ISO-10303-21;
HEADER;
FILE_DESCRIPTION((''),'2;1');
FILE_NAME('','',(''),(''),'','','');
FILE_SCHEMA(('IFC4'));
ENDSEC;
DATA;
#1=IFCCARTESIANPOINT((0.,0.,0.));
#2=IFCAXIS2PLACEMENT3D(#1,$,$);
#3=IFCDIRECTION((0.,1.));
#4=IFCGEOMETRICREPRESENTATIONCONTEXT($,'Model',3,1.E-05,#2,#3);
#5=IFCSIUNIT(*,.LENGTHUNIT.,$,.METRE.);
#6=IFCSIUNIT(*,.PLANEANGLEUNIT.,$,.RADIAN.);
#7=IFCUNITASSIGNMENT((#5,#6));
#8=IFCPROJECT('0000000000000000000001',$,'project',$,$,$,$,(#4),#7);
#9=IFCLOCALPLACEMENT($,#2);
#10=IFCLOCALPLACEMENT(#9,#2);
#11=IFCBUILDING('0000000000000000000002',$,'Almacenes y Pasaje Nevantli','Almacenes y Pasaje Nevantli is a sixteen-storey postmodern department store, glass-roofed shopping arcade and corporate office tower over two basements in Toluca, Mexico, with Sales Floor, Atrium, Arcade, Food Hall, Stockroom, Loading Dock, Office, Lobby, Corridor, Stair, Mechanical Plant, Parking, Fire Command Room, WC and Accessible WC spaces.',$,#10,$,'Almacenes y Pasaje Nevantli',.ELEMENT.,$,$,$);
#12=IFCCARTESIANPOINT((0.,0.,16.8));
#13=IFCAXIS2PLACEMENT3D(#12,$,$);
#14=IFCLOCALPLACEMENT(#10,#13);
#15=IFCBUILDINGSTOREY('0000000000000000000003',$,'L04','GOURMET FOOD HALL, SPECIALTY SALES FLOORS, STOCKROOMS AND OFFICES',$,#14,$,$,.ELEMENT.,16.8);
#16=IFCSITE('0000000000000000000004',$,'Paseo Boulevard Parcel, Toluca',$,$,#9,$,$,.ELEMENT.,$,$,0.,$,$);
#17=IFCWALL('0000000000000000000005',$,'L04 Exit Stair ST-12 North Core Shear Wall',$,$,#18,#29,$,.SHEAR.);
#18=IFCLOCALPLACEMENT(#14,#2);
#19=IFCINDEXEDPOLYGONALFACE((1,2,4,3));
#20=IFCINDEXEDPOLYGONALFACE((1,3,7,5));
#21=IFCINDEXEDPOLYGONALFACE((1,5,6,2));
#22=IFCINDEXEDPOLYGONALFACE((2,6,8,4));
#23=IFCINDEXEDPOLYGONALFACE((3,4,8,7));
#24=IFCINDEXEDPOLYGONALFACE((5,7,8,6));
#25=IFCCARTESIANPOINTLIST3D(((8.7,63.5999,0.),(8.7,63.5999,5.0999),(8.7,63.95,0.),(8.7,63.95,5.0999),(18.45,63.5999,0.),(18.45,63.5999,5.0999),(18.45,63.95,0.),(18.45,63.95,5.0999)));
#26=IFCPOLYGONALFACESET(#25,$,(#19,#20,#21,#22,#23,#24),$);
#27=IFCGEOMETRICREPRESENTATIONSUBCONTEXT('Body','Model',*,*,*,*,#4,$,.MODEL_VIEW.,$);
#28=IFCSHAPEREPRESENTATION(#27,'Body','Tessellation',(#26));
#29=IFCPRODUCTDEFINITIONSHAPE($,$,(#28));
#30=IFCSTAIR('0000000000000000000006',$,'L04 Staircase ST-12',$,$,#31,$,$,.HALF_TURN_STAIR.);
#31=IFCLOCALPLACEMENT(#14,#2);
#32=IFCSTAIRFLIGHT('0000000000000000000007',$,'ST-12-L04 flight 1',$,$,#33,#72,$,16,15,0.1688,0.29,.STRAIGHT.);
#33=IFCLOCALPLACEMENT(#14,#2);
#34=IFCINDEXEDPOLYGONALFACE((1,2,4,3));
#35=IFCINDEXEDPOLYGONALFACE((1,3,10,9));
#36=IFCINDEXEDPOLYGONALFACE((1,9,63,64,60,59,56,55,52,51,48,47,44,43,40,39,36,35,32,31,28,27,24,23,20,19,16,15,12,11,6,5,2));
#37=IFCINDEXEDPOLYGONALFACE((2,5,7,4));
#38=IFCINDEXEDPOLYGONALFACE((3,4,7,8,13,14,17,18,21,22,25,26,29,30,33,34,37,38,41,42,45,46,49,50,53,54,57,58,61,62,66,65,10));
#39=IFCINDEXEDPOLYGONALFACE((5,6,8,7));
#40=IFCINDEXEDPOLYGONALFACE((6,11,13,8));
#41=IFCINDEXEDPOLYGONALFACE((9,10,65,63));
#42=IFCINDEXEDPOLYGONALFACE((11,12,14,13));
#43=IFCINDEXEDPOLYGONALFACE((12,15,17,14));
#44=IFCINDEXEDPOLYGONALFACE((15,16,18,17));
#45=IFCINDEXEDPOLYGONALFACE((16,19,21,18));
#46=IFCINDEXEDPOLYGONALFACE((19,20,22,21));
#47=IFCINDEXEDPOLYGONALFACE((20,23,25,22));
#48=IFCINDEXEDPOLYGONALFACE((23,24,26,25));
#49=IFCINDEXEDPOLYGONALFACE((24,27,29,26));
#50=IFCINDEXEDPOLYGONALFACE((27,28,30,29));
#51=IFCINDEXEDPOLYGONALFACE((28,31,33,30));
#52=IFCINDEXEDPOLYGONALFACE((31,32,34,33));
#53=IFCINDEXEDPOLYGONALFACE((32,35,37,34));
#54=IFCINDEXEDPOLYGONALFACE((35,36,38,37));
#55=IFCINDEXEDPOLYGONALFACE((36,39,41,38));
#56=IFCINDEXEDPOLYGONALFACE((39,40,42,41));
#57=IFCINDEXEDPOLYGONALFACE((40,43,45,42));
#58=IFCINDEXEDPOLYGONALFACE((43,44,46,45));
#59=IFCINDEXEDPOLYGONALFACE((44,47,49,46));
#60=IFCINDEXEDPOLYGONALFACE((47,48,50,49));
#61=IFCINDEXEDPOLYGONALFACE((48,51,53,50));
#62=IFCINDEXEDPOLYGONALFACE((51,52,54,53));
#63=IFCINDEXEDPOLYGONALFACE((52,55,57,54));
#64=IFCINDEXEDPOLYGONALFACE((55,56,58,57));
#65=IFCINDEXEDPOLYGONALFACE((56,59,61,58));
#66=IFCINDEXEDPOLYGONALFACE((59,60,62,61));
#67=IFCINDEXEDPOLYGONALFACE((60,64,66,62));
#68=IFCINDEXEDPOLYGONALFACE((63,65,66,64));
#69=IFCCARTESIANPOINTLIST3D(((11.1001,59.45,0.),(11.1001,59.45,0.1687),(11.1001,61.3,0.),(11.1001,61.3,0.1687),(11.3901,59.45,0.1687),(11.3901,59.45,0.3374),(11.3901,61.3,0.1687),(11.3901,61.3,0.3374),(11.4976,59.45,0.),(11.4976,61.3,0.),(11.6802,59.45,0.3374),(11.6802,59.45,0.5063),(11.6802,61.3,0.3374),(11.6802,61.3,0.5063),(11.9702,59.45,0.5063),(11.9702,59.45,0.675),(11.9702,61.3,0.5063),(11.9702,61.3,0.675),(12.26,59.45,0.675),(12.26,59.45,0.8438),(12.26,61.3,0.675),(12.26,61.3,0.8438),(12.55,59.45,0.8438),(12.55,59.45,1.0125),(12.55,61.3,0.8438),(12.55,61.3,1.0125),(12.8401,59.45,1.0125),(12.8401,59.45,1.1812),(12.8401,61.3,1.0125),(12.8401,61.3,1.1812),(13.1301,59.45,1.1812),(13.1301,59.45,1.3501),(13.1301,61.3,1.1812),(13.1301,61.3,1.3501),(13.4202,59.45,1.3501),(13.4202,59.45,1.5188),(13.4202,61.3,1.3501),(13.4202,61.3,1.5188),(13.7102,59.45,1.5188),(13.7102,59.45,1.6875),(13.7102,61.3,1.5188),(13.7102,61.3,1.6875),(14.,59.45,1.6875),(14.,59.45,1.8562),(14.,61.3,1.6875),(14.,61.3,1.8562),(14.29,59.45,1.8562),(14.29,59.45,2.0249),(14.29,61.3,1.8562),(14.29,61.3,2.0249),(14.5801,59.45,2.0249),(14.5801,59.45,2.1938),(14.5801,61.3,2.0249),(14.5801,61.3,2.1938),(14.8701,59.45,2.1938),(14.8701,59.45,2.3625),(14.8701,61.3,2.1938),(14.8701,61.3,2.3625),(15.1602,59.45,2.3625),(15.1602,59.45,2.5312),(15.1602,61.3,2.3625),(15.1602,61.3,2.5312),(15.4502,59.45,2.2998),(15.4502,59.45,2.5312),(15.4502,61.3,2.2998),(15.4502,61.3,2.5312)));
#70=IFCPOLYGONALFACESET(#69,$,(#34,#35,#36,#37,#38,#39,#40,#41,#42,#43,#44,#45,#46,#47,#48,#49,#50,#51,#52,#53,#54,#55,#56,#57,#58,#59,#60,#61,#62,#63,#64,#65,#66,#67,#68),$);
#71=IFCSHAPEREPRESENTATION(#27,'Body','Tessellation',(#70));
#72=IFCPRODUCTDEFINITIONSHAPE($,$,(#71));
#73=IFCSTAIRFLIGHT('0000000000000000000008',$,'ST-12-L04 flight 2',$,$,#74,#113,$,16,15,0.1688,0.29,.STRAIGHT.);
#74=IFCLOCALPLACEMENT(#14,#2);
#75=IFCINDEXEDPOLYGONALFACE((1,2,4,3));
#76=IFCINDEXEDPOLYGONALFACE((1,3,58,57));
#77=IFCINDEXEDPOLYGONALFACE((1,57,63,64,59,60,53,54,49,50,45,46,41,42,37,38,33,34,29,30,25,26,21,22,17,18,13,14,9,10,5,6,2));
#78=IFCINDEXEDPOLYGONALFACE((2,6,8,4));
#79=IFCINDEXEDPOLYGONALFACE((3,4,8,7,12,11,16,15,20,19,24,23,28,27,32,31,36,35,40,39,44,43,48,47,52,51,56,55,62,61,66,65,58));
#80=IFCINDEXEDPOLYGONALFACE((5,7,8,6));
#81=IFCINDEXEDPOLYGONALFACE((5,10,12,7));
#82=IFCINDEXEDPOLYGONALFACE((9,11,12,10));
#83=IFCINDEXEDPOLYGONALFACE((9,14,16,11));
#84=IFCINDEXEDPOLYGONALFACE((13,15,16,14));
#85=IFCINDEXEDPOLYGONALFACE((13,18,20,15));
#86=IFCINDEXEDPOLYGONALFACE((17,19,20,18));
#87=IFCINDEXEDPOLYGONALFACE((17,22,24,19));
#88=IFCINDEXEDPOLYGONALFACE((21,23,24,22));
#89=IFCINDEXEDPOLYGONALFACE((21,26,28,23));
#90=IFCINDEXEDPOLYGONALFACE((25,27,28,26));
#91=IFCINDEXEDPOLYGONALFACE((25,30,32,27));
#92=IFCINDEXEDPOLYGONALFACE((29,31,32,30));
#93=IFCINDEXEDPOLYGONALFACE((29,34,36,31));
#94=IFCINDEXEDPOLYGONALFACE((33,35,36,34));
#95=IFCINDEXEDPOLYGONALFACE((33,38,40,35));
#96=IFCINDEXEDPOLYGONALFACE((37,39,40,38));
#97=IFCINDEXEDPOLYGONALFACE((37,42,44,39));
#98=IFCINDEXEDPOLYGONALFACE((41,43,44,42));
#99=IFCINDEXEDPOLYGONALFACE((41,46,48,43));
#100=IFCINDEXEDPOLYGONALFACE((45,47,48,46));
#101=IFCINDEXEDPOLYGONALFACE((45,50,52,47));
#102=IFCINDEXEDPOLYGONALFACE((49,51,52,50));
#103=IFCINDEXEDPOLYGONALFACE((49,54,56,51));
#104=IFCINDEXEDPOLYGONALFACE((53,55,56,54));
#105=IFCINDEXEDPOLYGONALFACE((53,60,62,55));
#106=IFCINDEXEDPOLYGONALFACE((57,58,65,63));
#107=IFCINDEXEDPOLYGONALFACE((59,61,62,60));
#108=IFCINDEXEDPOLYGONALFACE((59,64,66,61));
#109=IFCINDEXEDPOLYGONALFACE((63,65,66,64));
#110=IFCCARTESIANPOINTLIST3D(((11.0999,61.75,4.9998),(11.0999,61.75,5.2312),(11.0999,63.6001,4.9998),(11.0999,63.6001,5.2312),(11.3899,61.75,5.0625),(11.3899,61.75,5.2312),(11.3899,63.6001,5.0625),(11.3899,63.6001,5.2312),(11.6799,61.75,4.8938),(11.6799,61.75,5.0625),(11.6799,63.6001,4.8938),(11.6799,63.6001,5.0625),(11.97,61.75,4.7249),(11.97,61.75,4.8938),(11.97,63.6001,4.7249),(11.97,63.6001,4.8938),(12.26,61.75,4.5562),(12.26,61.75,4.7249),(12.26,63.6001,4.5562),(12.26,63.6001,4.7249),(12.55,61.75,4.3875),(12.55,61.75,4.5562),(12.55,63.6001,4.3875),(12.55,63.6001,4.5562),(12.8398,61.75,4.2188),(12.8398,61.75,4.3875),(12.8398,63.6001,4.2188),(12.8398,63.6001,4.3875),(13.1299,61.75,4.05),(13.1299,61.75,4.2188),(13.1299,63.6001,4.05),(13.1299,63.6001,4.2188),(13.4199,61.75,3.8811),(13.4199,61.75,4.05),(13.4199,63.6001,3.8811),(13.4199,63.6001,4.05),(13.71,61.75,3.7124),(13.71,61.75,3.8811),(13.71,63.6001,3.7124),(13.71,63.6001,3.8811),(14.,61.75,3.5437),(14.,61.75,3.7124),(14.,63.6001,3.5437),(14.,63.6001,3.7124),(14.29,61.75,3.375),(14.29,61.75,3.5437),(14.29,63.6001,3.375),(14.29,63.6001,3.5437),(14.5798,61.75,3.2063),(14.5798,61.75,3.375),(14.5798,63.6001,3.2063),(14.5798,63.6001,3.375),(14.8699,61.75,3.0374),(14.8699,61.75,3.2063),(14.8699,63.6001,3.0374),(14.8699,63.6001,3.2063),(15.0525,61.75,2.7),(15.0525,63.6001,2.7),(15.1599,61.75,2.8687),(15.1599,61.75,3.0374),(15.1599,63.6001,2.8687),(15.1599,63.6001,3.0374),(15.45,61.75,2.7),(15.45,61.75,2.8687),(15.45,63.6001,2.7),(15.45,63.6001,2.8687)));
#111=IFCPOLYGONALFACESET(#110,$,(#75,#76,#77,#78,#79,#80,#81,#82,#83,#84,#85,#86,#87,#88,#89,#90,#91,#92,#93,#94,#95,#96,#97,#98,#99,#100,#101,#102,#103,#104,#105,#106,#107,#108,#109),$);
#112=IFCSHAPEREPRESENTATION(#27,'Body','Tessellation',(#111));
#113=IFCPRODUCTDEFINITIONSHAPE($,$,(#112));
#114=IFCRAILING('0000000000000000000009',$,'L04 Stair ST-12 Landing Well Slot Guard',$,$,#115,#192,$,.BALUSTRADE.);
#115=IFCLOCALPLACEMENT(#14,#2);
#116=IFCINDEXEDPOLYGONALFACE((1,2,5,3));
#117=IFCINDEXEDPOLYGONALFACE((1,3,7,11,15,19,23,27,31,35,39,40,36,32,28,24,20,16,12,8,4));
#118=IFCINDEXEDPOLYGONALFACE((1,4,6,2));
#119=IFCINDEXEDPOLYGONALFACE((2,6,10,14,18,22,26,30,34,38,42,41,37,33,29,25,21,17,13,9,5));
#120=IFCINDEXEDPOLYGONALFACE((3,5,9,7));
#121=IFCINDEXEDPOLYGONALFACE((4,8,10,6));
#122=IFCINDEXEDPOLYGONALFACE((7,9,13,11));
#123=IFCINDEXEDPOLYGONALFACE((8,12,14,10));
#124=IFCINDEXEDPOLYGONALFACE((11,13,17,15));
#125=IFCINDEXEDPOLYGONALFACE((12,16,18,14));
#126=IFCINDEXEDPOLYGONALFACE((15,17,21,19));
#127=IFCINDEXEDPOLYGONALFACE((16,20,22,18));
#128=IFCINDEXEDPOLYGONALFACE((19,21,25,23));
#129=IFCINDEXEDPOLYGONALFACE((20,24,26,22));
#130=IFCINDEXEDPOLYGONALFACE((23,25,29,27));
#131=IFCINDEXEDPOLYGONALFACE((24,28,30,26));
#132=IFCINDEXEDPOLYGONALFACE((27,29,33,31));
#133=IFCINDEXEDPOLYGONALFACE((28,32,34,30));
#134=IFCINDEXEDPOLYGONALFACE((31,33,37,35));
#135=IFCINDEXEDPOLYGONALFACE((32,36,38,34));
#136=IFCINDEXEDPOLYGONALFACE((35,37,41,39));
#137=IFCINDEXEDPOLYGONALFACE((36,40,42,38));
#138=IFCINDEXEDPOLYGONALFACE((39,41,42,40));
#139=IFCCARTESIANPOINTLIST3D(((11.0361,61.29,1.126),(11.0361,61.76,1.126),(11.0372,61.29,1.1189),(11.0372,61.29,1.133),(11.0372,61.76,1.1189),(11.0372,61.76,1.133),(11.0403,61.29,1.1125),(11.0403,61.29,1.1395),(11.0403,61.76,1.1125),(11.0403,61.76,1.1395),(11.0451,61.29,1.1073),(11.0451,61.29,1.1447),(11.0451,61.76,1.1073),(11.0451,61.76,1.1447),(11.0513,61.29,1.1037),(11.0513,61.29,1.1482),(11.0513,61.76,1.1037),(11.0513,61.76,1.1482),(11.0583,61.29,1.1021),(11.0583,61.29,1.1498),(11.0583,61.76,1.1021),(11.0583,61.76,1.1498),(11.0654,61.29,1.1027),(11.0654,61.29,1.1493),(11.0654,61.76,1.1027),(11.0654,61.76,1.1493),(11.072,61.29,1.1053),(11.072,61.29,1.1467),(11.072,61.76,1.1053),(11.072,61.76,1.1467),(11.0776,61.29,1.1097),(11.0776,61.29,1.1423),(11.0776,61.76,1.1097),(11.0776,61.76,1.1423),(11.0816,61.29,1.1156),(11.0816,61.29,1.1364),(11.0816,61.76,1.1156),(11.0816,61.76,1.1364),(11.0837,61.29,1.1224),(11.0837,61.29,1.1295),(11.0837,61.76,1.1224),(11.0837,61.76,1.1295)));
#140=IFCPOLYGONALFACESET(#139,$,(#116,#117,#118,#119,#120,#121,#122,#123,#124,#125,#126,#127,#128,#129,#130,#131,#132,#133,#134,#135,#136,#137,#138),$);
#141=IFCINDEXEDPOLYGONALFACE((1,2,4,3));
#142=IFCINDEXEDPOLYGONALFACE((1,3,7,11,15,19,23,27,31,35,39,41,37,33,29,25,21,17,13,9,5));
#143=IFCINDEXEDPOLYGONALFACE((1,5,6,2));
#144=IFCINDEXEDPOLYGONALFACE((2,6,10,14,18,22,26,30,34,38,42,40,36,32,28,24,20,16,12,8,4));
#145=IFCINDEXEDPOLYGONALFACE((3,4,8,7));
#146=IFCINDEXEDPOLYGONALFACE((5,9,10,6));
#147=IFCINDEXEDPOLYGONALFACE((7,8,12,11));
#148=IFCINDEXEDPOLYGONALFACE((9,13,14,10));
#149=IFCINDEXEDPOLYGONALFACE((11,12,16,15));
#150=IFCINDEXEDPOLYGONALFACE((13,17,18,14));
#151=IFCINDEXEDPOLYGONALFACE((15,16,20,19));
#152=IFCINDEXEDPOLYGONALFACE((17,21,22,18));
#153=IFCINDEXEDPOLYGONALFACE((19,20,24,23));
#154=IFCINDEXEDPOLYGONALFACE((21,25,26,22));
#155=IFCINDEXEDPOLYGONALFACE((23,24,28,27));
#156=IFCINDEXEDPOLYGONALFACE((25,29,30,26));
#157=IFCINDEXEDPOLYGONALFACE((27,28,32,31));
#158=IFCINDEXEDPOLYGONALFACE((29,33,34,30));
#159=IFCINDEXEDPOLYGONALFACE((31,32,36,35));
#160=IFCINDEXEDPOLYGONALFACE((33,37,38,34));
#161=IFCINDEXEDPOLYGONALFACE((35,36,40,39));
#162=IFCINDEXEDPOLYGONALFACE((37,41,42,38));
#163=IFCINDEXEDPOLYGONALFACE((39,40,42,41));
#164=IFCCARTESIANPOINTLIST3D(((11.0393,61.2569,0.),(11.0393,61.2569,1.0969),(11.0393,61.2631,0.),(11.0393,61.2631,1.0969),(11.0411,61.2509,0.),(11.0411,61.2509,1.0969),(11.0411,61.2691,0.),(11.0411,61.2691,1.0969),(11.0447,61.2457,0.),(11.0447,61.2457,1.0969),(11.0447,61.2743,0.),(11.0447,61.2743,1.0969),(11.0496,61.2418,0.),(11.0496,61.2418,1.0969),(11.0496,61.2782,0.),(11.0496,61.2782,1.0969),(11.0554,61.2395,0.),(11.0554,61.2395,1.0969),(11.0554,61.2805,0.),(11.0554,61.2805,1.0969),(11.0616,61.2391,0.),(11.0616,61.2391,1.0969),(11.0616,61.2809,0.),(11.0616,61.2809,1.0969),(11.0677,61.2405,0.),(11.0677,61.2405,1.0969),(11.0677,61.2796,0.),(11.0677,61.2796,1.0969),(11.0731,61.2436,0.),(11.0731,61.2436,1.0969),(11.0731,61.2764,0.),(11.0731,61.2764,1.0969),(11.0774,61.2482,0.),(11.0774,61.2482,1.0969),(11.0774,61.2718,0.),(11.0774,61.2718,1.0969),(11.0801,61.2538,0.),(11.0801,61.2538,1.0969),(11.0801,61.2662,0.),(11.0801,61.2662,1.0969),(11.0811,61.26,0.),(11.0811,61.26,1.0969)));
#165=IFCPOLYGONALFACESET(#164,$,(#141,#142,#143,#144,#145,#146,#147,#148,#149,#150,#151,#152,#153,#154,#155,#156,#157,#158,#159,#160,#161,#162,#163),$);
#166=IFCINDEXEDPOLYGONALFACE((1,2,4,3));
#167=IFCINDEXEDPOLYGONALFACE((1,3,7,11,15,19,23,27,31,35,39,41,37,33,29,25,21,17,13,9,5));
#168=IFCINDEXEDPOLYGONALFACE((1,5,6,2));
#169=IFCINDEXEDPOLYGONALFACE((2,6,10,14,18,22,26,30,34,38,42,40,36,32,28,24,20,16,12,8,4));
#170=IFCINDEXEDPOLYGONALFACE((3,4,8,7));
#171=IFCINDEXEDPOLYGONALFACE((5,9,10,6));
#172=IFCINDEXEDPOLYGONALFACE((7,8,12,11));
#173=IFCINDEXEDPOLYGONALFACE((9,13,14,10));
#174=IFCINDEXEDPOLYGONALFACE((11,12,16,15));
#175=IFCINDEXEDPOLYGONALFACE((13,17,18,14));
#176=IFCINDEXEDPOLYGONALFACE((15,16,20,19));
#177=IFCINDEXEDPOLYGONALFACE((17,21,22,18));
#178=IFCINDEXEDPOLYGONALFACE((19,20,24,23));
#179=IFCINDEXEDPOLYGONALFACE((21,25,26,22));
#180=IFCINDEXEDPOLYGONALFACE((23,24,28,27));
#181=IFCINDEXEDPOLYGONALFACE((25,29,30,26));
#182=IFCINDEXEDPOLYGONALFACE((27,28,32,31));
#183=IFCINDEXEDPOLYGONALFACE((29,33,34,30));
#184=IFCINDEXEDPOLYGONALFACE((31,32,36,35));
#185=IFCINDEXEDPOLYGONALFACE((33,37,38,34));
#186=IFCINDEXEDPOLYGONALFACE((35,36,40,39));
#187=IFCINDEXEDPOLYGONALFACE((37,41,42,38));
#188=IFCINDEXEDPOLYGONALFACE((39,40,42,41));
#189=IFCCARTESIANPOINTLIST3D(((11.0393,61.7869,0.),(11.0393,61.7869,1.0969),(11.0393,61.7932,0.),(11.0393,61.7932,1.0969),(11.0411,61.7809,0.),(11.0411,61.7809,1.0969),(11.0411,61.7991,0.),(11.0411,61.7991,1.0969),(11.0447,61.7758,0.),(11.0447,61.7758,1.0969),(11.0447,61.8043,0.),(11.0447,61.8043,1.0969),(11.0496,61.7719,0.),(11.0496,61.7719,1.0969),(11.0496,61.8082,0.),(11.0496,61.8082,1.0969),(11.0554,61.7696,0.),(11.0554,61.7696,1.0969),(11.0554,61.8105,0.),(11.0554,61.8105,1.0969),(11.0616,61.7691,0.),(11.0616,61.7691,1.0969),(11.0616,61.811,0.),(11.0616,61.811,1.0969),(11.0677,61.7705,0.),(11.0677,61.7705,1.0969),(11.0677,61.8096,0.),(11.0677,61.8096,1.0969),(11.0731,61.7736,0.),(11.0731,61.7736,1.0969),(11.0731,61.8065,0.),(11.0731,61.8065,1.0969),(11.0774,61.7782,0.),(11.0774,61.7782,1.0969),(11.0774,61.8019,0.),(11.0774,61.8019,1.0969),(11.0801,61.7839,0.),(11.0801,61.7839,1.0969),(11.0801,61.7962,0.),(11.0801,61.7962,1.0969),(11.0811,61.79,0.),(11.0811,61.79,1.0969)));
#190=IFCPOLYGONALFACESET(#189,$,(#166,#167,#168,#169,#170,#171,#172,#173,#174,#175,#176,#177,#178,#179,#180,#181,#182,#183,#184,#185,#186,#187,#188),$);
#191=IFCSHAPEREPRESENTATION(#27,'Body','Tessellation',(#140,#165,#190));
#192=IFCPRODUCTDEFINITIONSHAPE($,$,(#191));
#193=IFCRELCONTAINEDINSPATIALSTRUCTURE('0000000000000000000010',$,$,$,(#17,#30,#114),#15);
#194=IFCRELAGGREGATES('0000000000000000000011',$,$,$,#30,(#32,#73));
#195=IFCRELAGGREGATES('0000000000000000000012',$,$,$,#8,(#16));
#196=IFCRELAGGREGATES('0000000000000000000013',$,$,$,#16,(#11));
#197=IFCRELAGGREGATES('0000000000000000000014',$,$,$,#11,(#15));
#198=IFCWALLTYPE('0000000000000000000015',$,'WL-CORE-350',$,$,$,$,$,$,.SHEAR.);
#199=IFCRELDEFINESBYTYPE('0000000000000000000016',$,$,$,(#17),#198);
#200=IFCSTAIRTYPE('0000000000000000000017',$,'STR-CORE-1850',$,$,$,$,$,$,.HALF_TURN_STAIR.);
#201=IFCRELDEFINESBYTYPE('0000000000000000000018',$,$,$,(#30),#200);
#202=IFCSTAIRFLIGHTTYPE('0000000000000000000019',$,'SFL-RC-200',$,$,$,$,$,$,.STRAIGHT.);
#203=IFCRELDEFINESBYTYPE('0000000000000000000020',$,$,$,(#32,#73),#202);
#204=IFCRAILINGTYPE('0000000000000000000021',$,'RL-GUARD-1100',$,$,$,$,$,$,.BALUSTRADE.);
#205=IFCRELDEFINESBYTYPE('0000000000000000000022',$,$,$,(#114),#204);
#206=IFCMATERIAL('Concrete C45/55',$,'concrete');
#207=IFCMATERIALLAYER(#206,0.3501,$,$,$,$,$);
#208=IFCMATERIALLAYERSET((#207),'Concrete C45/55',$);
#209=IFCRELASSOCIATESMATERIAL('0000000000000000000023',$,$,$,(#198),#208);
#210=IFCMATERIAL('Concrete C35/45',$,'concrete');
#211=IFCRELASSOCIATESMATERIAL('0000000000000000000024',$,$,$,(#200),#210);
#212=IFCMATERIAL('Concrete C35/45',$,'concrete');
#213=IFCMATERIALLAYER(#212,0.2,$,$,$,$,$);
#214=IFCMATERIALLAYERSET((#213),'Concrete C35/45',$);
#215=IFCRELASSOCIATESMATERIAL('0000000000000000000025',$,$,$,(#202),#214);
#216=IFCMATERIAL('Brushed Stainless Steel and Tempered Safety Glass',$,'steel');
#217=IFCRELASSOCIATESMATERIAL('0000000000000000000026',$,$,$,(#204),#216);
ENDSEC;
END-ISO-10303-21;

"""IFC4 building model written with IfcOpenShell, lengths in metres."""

from ifc_helpers import new_model, si_unit, direction, frame, frame_2d, origin, origin_2d, place, context, subcontext, project, spatial, polyline, rectangle, circle, outline, extrude, material, layer, layer_set, type_object, element, aggregate, save


model = new_model("IFC4")

# Units and contexts
model_context = context("Model", 3, precision=1e-05, world=origin(), true_north=direction((0.0, 1.0)))
body_context = subcontext(model_context, "Body", "Model", "MODEL_VIEW")
ifc_project = project(units=[si_unit("LENGTHUNIT", "METRE"), si_unit("PLANEANGLEUNIT", "RADIAN")], contexts=[model_context])

# Site, building, storey
site_placement = place(None, origin())
site = spatial("IfcSite", under=ifc_project, at=site_placement, Name="Paseo Boulevard Parcel, Toluca", CompositionType="ELEMENT", RefElevation=0.0)
building_placement = place(site_placement, origin())
building = spatial("IfcBuilding", under=site, at=building_placement, Name="Almacenes y Pasaje Nevantli", Description="Almacenes y Pasaje Nevantli is a sixteen-storey postmodern department store, glass-roofed shopping arcade and corporate office tower over two basements in Toluca, Mexico, with Sales Floor, Atrium, Arcade, Food Hall, Stockroom, Loading Dock, Office, Lobby, Corridor, Stair, Mechanical Plant, Parking, Fire Command Room, WC and Accessible WC spaces.", LongName="Almacenes y Pasaje Nevantli", CompositionType="ELEMENT")
storey_placement = place(building_placement, frame((0.0, 0.0, 16.8)))
storey = spatial("IfcBuildingStorey", under=building, at=storey_placement, Name="L04", Description="GOURMET FOOD HALL, SPECIALTY SALES FLOORS, STOCKROOMS AND OFFICES", CompositionType="ELEMENT", Elevation=16.8)

# Wall
ifc_material_1 = material(Name="Concrete C45/55", Category="concrete")
ifc_layer_1 = layer(ifc_material_1, 0.3501)
ifc_layer_set_1 = layer_set([ifc_layer_1], Name="Concrete C45/55")
wall_type_1 = type_object("IfcWallType", Name="WL-CORE-350", PredefinedType="SHEAR", material=ifc_layer_set_1)
wall_1_placement = place(storey_placement, frame((8.7, 63.7749, 0.0), z_axis=(0.0, 0.0, 1.0), x_axis=(1.0, 0.0, 0.0)))
element("IfcWall", 1, at=wall_1_placement, inside=storey, type_object=wall_type_1, Name="L04 Exit Stair ST-12 North Core Shear Wall", PredefinedType="SHEAR", context=body_context, shape_type="SweptSolid", body=[
    extrude(rectangle(XDim=9.75, YDim=0.3501, at=frame_2d((4.875, 0.0))), origin(), (0.0, 0.0, 1.0), 5.0999),
])

# Stair, stair flights
ifc_material_2 = material(Name="Concrete C35/45", Category="concrete")
stair_type = type_object("IfcStairType", Name="STR-CORE-1850", PredefinedType="HALF_TURN_STAIR", material=ifc_material_2)
stair_placement = place(storey_placement, origin())
stair = element("IfcStair", 2, at=stair_placement, inside=storey, type_object=stair_type, Name="L04 Staircase ST-12", PredefinedType="HALF_TURN_STAIR")
ifc_material_3 = material(Name="Concrete C35/45", Category="concrete")
ifc_layer_2 = layer(ifc_material_3, 0.2)
ifc_layer_set_2 = layer_set([ifc_layer_2], Name="Concrete C35/45")
stair_flight_type = type_object("IfcStairFlightType", Name="SFL-RC-200", PredefinedType="STRAIGHT", material=ifc_layer_set_2)
stair_flight_1_placement = place(storey_placement, frame((11.1001, 60.375, 0.0), z_axis=(0.0, 0.0, 1.0), x_axis=(1.0, 0.0, 0.0)))
stair_flight_1 = element("IfcStairFlight", 3, at=stair_flight_1_placement, type_object=stair_flight_type, Name="ST-12-L04 flight 1", NumberOfRisers=16, NumberOfTreads=15, PredefinedType="STRAIGHT", RiserHeight=0.1688, TreadLength=0.29, context=body_context, shape_type="SweptSolid", body=[
    extrude(outline(polyline([(0.0, 0.0), (0.0, 0.1687), (0.29, 0.1687), (0.29, 0.3374), (0.5801, 0.3374), (0.5801, 0.5063), (0.8701, 0.5063), (0.8701, 0.675), (1.1599, 0.675), (1.1599, 0.8438), (1.45, 0.8438), (1.45, 1.0125), (1.74, 1.0125), (1.74, 1.1812), (2.03, 1.1812), (2.03, 1.3501), (2.3201, 1.3501), (2.3201, 1.5188), (2.6101, 1.5188), (2.6101, 1.6875), (2.8999, 1.6875), (2.8999, 1.8562), (3.1899, 1.8562), (3.1899, 2.0249), (3.48, 2.0249), (3.48, 2.1938), (3.77, 2.1938), (3.77, 2.3625), (4.0601, 2.3625), (4.0601, 2.5312), (4.3501, 2.5312), (4.3501, 2.7), (4.3501, 2.2998), (0.3975, 0.0), (0.0, 0.0)])), frame((0.0, 0.925, 0.0), z_axis=(0.0, -1.0, 0.0), x_axis=(1.0, 0.0, 0.0)), (0.0, 0.0, 1.0), 1.8501),
])
stair_flight_2_placement = place(storey_placement, frame((15.45, 62.675, 2.7), z_axis=(0.0, 0.0, 1.0), x_axis=(-1.0, 0.0, 0.0)))
stair_flight_2 = element("IfcStairFlight", 4, at=stair_flight_2_placement, type_object=stair_flight_type, Name="ST-12-L04 flight 2", NumberOfRisers=16, NumberOfTreads=15, PredefinedType="STRAIGHT", RiserHeight=0.1688, TreadLength=0.29, context=body_context, shape_type="SweptSolid", body=[
    extrude(outline(polyline([(0.0, 0.0), (0.0, 0.1687), (0.29, 0.1687), (0.29, 0.3374), (0.5801, 0.3374), (0.5801, 0.5063), (0.8701, 0.5063), (0.8701, 0.675), (1.1599, 0.675), (1.1599, 0.8438), (1.45, 0.8438), (1.45, 1.0125), (1.74, 1.0125), (1.74, 1.1812), (2.03, 1.1812), (2.03, 1.3501), (2.3201, 1.3501), (2.3201, 1.5188), (2.6101, 1.5188), (2.6101, 1.6875), (2.8999, 1.6875), (2.8999, 1.8562), (3.1899, 1.8562), (3.1899, 2.0249), (3.48, 2.0249), (3.48, 2.1938), (3.77, 2.1938), (3.77, 2.3625), (4.0601, 2.3625), (4.0601, 2.5312), (4.3501, 2.5312), (4.3501, 2.7), (4.3501, 2.2998), (0.3975, 0.0), (0.0, 0.0)])), frame((0.0, 0.925, 0.0), z_axis=(0.0, -1.0, 0.0), x_axis=(1.0, 0.0, 0.0)), (0.0, 0.0, 1.0), 1.8501),
])
aggregate(stair, [stair_flight_1, stair_flight_2])

# Railing
ifc_material_4 = material(Name="Brushed Stainless Steel and Tempered Safety Glass", Category="steel")
railing_type_1 = type_object("IfcRailingType", Name="RL-GUARD-1100", PredefinedType="BALUSTRADE", material=ifc_material_4)
railing_1_placement = place(storey_placement, frame((11.0601, 61.26, 0.0)))
element("IfcRailing", 5, at=railing_1_placement, inside=storey, type_object=railing_type_1, Name="L04 Stair ST-12 Landing Well Slot Guard", PredefinedType="BALUSTRADE", context=body_context, shape_type="SweptSolid", body=[
    extrude(circle(Radius=0.0239, at=origin_2d()), frame((0.0, 0.03, 1.126), z_axis=(0.0, 1.0, 0.0), x_axis=(-1.0, 0.0, 0.0)), (0.0, 0.0, 1.0), 0.47),
    extrude(circle(Radius=0.021, at=origin_2d()), origin(), (0.0, 0.0, 1.0), 1.0969),
    extrude(circle(Radius=0.021, at=origin_2d()), frame((0.0, 0.53, 0.0)), (0.0, 0.0, 1.0), 1.0969),
])

save(model, "model.ifc")
